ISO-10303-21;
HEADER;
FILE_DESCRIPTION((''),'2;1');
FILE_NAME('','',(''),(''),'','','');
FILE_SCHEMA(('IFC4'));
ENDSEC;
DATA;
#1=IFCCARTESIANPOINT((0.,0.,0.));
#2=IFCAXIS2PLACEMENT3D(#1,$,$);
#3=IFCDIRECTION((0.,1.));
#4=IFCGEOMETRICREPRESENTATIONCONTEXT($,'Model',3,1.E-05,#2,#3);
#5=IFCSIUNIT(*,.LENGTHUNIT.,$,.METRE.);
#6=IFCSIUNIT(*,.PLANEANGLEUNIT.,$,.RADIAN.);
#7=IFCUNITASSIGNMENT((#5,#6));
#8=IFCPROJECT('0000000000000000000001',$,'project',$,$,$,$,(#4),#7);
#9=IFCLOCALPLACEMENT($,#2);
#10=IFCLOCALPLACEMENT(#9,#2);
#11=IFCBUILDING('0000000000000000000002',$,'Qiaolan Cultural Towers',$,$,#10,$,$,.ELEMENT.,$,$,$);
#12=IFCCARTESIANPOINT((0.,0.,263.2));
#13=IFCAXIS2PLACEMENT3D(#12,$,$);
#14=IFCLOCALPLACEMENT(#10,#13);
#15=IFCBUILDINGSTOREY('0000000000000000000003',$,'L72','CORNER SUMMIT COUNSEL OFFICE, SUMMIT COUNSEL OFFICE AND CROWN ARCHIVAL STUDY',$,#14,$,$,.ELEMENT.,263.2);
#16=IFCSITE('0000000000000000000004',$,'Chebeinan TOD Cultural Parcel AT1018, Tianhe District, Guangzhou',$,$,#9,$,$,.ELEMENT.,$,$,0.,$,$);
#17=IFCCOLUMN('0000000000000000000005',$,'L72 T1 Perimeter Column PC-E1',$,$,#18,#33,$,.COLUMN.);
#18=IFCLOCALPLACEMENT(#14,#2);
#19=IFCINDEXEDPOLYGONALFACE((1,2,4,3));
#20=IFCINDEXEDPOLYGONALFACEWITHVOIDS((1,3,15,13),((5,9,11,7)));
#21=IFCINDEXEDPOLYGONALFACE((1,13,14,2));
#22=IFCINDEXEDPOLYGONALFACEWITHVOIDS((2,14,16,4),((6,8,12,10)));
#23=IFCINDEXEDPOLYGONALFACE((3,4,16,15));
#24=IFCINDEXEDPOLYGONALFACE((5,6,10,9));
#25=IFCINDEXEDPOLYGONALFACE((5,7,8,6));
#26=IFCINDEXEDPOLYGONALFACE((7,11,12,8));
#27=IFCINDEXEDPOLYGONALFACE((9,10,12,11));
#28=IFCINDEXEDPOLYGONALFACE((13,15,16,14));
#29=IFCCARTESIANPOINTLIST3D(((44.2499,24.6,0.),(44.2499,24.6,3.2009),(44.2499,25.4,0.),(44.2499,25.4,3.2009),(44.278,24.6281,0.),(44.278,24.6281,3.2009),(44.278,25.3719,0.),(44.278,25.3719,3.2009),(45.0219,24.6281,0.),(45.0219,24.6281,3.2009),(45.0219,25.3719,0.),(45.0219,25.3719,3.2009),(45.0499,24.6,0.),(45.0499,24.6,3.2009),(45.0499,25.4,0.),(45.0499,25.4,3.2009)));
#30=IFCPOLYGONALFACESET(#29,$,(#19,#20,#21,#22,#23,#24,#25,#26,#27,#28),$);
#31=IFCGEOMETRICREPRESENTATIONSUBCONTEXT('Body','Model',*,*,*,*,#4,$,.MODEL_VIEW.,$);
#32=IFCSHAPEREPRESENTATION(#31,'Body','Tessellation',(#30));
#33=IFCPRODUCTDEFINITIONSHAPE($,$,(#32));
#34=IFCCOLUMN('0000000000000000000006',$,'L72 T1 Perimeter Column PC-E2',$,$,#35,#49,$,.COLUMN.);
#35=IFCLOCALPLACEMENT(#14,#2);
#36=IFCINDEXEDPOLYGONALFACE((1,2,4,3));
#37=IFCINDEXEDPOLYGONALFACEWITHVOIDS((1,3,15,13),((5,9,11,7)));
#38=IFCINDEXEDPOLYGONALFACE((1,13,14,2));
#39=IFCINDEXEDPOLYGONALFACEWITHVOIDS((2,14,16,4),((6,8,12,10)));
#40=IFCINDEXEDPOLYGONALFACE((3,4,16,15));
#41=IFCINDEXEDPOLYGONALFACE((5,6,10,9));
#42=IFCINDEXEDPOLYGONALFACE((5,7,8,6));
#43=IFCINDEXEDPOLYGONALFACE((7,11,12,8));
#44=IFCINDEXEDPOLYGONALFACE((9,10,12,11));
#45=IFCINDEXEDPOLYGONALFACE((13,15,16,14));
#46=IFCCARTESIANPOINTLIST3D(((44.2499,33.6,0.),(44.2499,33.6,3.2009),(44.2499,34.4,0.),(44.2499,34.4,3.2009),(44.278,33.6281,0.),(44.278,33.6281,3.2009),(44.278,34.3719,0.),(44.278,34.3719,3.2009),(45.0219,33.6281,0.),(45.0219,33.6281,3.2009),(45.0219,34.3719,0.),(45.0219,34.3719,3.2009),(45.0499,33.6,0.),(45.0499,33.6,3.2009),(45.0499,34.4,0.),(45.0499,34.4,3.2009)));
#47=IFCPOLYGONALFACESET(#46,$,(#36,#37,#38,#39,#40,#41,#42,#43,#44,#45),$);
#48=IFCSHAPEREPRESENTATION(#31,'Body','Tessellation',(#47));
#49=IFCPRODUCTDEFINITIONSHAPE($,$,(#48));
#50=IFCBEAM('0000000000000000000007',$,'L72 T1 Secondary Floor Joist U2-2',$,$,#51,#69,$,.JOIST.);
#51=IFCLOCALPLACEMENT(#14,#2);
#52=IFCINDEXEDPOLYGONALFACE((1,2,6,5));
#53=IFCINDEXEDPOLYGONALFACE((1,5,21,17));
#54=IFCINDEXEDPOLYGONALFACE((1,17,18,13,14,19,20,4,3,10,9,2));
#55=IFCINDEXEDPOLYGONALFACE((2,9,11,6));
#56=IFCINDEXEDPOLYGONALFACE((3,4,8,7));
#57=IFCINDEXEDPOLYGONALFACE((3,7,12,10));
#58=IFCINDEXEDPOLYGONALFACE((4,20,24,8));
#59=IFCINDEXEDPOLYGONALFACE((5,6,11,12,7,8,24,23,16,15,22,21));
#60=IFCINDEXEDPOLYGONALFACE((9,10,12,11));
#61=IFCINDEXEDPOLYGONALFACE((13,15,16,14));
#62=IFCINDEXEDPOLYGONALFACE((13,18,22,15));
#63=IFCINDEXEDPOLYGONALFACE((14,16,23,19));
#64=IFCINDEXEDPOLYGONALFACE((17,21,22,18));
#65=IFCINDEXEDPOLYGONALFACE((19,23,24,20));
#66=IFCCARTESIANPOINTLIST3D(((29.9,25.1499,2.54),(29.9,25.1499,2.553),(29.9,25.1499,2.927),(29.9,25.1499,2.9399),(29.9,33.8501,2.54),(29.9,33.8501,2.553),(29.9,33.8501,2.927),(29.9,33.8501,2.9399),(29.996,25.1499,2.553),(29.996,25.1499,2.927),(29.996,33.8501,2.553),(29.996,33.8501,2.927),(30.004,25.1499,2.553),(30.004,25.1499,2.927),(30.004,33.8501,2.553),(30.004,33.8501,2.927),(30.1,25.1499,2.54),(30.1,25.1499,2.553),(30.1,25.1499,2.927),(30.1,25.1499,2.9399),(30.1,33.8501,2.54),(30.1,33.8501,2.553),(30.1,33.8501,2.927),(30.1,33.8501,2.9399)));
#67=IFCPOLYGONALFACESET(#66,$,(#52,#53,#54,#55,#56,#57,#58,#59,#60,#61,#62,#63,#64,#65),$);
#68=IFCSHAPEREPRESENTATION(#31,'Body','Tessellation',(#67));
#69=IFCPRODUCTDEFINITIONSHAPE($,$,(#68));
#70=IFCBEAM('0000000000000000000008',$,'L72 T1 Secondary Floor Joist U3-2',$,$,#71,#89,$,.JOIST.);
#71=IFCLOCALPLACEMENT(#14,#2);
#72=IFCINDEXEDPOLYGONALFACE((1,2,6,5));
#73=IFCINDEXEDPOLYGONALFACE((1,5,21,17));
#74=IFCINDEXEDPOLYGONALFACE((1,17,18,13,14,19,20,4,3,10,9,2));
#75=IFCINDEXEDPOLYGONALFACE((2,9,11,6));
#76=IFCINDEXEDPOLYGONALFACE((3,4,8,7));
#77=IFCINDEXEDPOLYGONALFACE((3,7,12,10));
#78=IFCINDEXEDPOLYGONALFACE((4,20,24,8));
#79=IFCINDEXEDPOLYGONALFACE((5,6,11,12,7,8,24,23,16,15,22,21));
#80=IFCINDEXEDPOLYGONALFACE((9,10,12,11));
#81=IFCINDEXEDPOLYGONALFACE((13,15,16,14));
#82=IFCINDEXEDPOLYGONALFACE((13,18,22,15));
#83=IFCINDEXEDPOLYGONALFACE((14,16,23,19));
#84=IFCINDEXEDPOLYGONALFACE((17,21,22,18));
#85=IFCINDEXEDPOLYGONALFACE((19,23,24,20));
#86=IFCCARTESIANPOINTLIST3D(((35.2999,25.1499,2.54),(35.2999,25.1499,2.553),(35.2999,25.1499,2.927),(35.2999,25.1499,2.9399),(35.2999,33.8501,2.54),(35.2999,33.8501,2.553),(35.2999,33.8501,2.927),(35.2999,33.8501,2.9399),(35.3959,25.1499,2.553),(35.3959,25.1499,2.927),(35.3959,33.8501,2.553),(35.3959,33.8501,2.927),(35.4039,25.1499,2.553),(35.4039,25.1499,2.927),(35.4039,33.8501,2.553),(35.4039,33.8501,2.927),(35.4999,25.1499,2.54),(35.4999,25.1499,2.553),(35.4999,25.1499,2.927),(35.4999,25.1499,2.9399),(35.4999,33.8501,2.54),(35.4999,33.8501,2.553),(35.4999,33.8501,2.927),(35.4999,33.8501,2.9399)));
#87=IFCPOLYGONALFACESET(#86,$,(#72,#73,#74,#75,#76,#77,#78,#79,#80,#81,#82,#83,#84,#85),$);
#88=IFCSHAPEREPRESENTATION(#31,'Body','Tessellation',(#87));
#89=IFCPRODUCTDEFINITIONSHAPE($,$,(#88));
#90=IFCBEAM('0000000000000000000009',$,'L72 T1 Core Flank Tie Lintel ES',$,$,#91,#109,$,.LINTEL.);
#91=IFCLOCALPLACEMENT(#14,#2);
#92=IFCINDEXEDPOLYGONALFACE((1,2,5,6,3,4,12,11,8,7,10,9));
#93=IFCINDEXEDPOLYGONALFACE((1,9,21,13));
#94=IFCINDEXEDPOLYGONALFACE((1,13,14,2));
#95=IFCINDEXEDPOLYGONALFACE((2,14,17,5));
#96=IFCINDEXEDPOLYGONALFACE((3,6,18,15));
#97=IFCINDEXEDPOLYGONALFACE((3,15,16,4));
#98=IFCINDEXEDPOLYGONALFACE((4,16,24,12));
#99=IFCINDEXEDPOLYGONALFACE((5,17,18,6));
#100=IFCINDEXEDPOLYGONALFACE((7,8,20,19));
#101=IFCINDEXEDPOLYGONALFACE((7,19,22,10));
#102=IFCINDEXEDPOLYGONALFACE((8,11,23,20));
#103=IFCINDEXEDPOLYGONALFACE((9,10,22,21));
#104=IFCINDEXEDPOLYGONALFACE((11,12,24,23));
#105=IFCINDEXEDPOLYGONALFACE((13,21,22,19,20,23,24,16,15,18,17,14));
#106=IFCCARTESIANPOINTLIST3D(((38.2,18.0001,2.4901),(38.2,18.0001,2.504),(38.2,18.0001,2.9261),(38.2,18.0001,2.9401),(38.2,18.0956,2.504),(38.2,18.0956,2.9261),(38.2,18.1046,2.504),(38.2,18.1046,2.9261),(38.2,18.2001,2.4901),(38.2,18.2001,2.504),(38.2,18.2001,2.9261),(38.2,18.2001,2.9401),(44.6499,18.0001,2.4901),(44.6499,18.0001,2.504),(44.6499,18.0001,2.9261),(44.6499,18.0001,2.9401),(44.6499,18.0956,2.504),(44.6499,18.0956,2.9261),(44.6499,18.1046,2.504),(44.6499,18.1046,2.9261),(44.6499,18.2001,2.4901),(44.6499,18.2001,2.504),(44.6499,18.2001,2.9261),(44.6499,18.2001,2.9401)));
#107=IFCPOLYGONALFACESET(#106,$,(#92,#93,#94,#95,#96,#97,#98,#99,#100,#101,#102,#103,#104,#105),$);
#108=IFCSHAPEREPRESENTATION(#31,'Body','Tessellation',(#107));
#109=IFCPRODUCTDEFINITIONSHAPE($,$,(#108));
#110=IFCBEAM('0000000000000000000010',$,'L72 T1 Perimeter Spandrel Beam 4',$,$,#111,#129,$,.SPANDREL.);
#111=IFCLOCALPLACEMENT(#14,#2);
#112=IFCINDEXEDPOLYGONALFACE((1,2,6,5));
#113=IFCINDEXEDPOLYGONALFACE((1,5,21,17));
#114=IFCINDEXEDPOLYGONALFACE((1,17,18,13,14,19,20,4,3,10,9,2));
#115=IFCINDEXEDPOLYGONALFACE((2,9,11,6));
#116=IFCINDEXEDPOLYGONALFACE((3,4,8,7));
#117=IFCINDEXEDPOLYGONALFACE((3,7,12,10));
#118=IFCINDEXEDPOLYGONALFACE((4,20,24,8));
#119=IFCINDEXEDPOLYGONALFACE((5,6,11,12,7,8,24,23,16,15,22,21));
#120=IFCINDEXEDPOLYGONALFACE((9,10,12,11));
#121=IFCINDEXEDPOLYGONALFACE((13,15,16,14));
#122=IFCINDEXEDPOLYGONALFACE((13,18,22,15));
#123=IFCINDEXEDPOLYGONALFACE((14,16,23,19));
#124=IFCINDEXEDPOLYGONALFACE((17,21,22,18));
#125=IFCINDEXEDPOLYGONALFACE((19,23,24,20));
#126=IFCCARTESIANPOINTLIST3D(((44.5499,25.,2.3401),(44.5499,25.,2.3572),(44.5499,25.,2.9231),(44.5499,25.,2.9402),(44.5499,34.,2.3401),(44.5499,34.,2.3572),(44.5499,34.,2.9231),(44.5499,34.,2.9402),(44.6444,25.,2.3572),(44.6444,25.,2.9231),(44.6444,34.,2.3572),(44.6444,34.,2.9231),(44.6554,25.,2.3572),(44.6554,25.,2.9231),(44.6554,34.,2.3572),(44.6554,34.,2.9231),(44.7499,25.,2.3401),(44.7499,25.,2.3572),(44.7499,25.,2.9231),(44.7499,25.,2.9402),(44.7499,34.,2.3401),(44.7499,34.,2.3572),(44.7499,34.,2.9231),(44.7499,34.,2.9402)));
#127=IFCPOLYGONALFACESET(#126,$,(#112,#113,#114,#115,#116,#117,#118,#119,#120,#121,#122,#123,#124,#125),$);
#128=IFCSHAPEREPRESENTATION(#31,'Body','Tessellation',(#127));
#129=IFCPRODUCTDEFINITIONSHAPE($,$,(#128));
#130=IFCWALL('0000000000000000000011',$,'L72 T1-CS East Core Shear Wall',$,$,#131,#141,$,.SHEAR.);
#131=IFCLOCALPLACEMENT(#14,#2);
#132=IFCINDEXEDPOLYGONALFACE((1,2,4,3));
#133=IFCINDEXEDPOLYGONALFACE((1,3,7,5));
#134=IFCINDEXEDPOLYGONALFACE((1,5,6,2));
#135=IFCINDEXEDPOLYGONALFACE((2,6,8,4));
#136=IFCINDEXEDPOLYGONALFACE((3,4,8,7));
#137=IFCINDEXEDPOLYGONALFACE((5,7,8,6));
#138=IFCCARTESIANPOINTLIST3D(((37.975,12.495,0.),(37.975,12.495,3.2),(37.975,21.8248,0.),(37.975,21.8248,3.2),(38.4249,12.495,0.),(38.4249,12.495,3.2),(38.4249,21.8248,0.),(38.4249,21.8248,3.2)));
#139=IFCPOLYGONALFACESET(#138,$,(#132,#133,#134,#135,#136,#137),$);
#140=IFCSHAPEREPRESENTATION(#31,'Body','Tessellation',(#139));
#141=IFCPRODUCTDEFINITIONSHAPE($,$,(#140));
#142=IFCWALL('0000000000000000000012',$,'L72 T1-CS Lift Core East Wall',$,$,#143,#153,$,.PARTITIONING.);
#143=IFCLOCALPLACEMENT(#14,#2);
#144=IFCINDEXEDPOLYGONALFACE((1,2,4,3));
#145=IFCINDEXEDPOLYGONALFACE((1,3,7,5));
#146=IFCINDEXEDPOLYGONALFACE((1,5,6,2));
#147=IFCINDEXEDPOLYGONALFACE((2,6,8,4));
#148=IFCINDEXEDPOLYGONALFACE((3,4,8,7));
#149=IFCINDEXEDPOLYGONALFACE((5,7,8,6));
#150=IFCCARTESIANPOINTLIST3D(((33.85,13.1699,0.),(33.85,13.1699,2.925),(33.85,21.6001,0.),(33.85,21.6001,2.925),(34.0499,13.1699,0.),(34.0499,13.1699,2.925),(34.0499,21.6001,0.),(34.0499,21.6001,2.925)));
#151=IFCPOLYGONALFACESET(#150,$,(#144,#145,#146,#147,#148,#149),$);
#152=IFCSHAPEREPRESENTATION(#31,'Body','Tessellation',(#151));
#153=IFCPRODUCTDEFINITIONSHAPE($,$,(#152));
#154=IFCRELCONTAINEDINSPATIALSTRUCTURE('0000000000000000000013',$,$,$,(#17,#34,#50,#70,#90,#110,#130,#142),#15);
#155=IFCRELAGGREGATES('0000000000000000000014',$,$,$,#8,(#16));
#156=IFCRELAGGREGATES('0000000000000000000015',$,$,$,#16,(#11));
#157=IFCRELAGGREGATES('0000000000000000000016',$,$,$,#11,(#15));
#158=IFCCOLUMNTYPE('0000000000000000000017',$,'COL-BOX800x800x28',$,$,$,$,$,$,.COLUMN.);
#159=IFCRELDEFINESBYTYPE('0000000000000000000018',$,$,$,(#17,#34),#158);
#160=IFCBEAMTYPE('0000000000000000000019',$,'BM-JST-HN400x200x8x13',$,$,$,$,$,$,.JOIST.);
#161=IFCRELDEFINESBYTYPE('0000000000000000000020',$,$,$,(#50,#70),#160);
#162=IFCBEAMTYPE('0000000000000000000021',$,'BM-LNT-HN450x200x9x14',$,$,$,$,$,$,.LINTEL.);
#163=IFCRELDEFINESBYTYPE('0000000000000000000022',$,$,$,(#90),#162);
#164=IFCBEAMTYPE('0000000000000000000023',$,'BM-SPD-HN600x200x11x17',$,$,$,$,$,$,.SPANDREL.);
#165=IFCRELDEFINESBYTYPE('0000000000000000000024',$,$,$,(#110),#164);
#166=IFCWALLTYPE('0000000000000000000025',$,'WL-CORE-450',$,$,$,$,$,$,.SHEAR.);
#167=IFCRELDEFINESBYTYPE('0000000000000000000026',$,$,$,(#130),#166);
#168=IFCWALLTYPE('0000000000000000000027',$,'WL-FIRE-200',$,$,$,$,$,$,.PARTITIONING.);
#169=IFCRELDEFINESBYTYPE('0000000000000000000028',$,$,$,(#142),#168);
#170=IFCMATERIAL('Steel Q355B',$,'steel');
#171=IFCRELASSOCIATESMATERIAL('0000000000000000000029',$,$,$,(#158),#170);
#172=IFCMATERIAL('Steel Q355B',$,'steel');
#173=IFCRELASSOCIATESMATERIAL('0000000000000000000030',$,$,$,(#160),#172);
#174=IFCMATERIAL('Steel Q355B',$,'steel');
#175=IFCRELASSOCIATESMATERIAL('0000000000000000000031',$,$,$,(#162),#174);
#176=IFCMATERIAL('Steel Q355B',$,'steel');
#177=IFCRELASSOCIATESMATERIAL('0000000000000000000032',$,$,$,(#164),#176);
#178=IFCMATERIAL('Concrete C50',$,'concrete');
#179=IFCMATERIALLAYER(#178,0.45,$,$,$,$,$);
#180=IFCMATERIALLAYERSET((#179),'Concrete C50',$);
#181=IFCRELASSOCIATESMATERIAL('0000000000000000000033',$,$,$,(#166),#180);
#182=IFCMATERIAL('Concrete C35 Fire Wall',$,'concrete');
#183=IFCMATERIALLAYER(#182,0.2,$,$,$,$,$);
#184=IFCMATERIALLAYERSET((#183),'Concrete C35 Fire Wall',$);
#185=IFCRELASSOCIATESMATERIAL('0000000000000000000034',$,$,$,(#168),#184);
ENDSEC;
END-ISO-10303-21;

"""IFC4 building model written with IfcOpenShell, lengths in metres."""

from ifc_helpers import new_model, si_unit, direction, frame, frame_2d, origin, origin_2d, place, context, subcontext, project, spatial, rectangle, hollow_rectangle, i_section, extrude, material, layer, layer_set, material_profile, profile_set, type_object, element, save


model = new_model("IFC4")

# Units and contexts
model_context = context("Model", 3, precision=1e-05, world=origin(), true_north=direction((0.0, 1.0)))
body_context = subcontext(model_context, "Body", "Model", "MODEL_VIEW")
ifc_project = project(units=[si_unit("LENGTHUNIT", "METRE"), si_unit("PLANEANGLEUNIT", "RADIAN")], contexts=[model_context])

# Site, building, storey
site_placement = place(None, origin())
site = spatial("IfcSite", under=ifc_project, at=site_placement, Name="Chebeinan TOD Cultural Parcel AT1018, Tianhe District, Guangzhou", CompositionType="ELEMENT", RefElevation=0.0)
building_placement = place(site_placement, origin())
building = spatial("IfcBuilding", under=site, at=building_placement, Name="Qiaolan Cultural Towers", CompositionType="ELEMENT")
storey_placement = place(building_placement, frame((0.0, 0.0, 263.2)))
storey = spatial("IfcBuildingStorey", under=building, at=storey_placement, Name="L72", Description="CORNER SUMMIT COUNSEL OFFICE, SUMMIT COUNSEL OFFICE AND CROWN ARCHIVAL STUDY", CompositionType="ELEMENT", Elevation=263.2)

# Columns
ifc_material_1 = material(Name="Steel Q355B", Category="steel")
ifc_material_profile_1 = material_profile(ifc_material_1, hollow_rectangle(XDim=0.8, YDim=0.8, WallThickness=0.0281, at=origin_2d()), Name="BOX800x800x28")
ifc_profile_set_1 = profile_set([ifc_material_profile_1], Name="Steel Q355B")
column_type = type_object("IfcColumnType", Name="COL-BOX800x800x28", PredefinedType="COLUMN", material=ifc_profile_set_1)
for number, where, z_axis, x_axis, name in (
    (1, (44.6499, 25.0, 0.0), (0.0, 0.0, 1.0), (1.0, 0.0, 0.0), "L72 T1 Perimeter Column PC-E1"),
    (2, (44.6499, 34.0, 0.0), (0.0, 0.0, 1.0), (1.0, 0.0, 0.0), "L72 T1 Perimeter Column PC-E2"),
):
    element("IfcColumn", number, at=place(storey_placement, frame(where, z_axis=z_axis, x_axis=x_axis)), inside=storey, type_object=column_type, Name=name, PredefinedType="COLUMN", context=body_context, shape_type="SweptSolid", body=[
        extrude(hollow_rectangle(XDim=0.8, YDim=0.8, WallThickness=0.0281, at=origin_2d()), origin(), (0.0, 0.0, 1.0), 3.2009),
    ])

# Beams
ifc_material_2 = material(Name="Steel Q355B", Category="steel")
ifc_material_profile_2 = material_profile(ifc_material_2, i_section(OverallWidth=0.2, OverallDepth=0.3999, WebThickness=0.0081, FlangeThickness=0.0129, at=origin_2d()), Name="HN400x200x8x13")
ifc_profile_set_2 = profile_set([ifc_material_profile_2], Name="Steel Q355B")
beam_type_1 = type_object("IfcBeamType", Name="BM-JST-HN400x200x8x13", PredefinedType="JOIST", material=ifc_profile_set_2)
for number, where, z_axis, x_axis, name in (
    (3, (30.0, 25.1499, 2.74), (0.0, 1.0, 0.0), (-1.0, 0.0, 0.0), "L72 T1 Secondary Floor Joist U2-2"),
    (4, (35.3999, 25.1499, 2.74), (0.0, 1.0, 0.0), (-1.0, 0.0, 0.0), "L72 T1 Secondary Floor Joist U3-2"),
):
    element("IfcBeam", number, at=place(storey_placement, frame(where, z_axis=z_axis, x_axis=x_axis)), inside=storey, type_object=beam_type_1, Name=name, PredefinedType="JOIST", context=body_context, shape_type="SweptSolid", body=[
        extrude(i_section(OverallWidth=0.2, OverallDepth=0.3999, WebThickness=0.0081, FlangeThickness=0.0129, at=origin_2d()), origin(), (0.0, 0.0, 1.0), 8.7002),
    ])
ifc_material_3 = material(Name="Steel Q355B", Category="steel")
ifc_material_profile_3 = material_profile(ifc_material_3, i_section(OverallWidth=0.2, OverallDepth=0.45, WebThickness=0.009, FlangeThickness=0.0139, at=origin_2d()), Name="HN450x200x9x14")
ifc_profile_set_3 = profile_set([ifc_material_profile_3], Name="Steel Q355B")
beam_type_2 = type_object("IfcBeamType", Name="BM-LNT-HN450x200x9x14", PredefinedType="LINTEL", material=ifc_profile_set_3)
beam_1_placement = place(storey_placement, frame((38.2, 18.1001, 2.7151), z_axis=(1.0, 0.0, 0.0), x_axis=(0.0, 1.0, 0.0)))
element("IfcBeam", 5, at=beam_1_placement, inside=storey, type_object=beam_type_2, Name="L72 T1 Core Flank Tie Lintel ES", PredefinedType="LINTEL", context=body_context, shape_type="SweptSolid", body=[
    extrude(i_section(OverallWidth=0.2, OverallDepth=0.45, WebThickness=0.009, FlangeThickness=0.0139, at=origin_2d()), origin(), (0.0, 0.0, 1.0), 6.45),
])
ifc_material_4 = material(Name="Steel Q355B", Category="steel")
ifc_material_profile_4 = material_profile(ifc_material_4, i_section(OverallWidth=0.2, OverallDepth=0.6001, WebThickness=0.011, FlangeThickness=0.0171, at=origin_2d()), Name="HN600x200x11x17")
ifc_profile_set_4 = profile_set([ifc_material_profile_4], Name="Steel Q355B")
beam_type_3 = type_object("IfcBeamType", Name="BM-SPD-HN600x200x11x17", PredefinedType="SPANDREL", material=ifc_profile_set_4)
beam_2_placement = place(storey_placement, frame((44.6499, 25.0, 2.6401), z_axis=(0.0, 1.0, 0.0), x_axis=(-1.0, 0.0, 0.0)))
element("IfcBeam", 6, at=beam_2_placement, inside=storey, type_object=beam_type_3, Name="L72 T1 Perimeter Spandrel Beam 4", PredefinedType="SPANDREL", context=body_context, shape_type="SweptSolid", body=[
    extrude(i_section(OverallWidth=0.2, OverallDepth=0.6001, WebThickness=0.011, FlangeThickness=0.0171, at=origin_2d()), origin(), (0.0, 0.0, 1.0), 9.0),
])

# Walls
ifc_material_5 = material(Name="Concrete C50", Category="concrete")
ifc_layer_1 = layer(ifc_material_5, 0.45)
ifc_layer_set_1 = layer_set([ifc_layer_1], Name="Concrete C50")
wall_type_1 = type_object("IfcWallType", Name="WL-CORE-450", PredefinedType="SHEAR", material=ifc_layer_set_1)
wall_1_placement = place(storey_placement, frame((38.2, 21.825, 0.0), z_axis=(0.0, 0.0, 1.0), x_axis=(0.0, -1.0, 0.0)))
element("IfcWall", 7, at=wall_1_placement, inside=storey, type_object=wall_type_1, Name="L72 T1-CS East Core Shear Wall", PredefinedType="SHEAR", context=body_context, shape_type="SweptSolid", body=[
    extrude(rectangle(XDim=9.3298, YDim=0.45, at=frame_2d((4.665, 0.0))), origin(), (0.0, 0.0, 1.0), 3.2),
])
ifc_material_6 = material(Name="Concrete C35 Fire Wall", Category="concrete")
ifc_layer_2 = layer(ifc_material_6, 0.2)
ifc_layer_set_2 = layer_set([ifc_layer_2], Name="Concrete C35 Fire Wall")
wall_type_2 = type_object("IfcWallType", Name="WL-FIRE-200", PredefinedType="PARTITIONING", material=ifc_layer_set_2)
wall_2_placement = place(storey_placement, frame((33.95, 21.6001, 0.0), z_axis=(0.0, 0.0, 1.0), x_axis=(0.0, -1.0, 0.0)))
element("IfcWall", 8, at=wall_2_placement, inside=storey, type_object=wall_type_2, Name="L72 T1-CS Lift Core East Wall", PredefinedType="PARTITIONING", context=body_context, shape_type="SweptSolid", body=[
    extrude(rectangle(XDim=8.4302, YDim=0.2, at=frame_2d((4.2151, 0.0))), origin(), (0.0, 0.0, 1.0), 2.925),
])

save(model, "model.ifc")
